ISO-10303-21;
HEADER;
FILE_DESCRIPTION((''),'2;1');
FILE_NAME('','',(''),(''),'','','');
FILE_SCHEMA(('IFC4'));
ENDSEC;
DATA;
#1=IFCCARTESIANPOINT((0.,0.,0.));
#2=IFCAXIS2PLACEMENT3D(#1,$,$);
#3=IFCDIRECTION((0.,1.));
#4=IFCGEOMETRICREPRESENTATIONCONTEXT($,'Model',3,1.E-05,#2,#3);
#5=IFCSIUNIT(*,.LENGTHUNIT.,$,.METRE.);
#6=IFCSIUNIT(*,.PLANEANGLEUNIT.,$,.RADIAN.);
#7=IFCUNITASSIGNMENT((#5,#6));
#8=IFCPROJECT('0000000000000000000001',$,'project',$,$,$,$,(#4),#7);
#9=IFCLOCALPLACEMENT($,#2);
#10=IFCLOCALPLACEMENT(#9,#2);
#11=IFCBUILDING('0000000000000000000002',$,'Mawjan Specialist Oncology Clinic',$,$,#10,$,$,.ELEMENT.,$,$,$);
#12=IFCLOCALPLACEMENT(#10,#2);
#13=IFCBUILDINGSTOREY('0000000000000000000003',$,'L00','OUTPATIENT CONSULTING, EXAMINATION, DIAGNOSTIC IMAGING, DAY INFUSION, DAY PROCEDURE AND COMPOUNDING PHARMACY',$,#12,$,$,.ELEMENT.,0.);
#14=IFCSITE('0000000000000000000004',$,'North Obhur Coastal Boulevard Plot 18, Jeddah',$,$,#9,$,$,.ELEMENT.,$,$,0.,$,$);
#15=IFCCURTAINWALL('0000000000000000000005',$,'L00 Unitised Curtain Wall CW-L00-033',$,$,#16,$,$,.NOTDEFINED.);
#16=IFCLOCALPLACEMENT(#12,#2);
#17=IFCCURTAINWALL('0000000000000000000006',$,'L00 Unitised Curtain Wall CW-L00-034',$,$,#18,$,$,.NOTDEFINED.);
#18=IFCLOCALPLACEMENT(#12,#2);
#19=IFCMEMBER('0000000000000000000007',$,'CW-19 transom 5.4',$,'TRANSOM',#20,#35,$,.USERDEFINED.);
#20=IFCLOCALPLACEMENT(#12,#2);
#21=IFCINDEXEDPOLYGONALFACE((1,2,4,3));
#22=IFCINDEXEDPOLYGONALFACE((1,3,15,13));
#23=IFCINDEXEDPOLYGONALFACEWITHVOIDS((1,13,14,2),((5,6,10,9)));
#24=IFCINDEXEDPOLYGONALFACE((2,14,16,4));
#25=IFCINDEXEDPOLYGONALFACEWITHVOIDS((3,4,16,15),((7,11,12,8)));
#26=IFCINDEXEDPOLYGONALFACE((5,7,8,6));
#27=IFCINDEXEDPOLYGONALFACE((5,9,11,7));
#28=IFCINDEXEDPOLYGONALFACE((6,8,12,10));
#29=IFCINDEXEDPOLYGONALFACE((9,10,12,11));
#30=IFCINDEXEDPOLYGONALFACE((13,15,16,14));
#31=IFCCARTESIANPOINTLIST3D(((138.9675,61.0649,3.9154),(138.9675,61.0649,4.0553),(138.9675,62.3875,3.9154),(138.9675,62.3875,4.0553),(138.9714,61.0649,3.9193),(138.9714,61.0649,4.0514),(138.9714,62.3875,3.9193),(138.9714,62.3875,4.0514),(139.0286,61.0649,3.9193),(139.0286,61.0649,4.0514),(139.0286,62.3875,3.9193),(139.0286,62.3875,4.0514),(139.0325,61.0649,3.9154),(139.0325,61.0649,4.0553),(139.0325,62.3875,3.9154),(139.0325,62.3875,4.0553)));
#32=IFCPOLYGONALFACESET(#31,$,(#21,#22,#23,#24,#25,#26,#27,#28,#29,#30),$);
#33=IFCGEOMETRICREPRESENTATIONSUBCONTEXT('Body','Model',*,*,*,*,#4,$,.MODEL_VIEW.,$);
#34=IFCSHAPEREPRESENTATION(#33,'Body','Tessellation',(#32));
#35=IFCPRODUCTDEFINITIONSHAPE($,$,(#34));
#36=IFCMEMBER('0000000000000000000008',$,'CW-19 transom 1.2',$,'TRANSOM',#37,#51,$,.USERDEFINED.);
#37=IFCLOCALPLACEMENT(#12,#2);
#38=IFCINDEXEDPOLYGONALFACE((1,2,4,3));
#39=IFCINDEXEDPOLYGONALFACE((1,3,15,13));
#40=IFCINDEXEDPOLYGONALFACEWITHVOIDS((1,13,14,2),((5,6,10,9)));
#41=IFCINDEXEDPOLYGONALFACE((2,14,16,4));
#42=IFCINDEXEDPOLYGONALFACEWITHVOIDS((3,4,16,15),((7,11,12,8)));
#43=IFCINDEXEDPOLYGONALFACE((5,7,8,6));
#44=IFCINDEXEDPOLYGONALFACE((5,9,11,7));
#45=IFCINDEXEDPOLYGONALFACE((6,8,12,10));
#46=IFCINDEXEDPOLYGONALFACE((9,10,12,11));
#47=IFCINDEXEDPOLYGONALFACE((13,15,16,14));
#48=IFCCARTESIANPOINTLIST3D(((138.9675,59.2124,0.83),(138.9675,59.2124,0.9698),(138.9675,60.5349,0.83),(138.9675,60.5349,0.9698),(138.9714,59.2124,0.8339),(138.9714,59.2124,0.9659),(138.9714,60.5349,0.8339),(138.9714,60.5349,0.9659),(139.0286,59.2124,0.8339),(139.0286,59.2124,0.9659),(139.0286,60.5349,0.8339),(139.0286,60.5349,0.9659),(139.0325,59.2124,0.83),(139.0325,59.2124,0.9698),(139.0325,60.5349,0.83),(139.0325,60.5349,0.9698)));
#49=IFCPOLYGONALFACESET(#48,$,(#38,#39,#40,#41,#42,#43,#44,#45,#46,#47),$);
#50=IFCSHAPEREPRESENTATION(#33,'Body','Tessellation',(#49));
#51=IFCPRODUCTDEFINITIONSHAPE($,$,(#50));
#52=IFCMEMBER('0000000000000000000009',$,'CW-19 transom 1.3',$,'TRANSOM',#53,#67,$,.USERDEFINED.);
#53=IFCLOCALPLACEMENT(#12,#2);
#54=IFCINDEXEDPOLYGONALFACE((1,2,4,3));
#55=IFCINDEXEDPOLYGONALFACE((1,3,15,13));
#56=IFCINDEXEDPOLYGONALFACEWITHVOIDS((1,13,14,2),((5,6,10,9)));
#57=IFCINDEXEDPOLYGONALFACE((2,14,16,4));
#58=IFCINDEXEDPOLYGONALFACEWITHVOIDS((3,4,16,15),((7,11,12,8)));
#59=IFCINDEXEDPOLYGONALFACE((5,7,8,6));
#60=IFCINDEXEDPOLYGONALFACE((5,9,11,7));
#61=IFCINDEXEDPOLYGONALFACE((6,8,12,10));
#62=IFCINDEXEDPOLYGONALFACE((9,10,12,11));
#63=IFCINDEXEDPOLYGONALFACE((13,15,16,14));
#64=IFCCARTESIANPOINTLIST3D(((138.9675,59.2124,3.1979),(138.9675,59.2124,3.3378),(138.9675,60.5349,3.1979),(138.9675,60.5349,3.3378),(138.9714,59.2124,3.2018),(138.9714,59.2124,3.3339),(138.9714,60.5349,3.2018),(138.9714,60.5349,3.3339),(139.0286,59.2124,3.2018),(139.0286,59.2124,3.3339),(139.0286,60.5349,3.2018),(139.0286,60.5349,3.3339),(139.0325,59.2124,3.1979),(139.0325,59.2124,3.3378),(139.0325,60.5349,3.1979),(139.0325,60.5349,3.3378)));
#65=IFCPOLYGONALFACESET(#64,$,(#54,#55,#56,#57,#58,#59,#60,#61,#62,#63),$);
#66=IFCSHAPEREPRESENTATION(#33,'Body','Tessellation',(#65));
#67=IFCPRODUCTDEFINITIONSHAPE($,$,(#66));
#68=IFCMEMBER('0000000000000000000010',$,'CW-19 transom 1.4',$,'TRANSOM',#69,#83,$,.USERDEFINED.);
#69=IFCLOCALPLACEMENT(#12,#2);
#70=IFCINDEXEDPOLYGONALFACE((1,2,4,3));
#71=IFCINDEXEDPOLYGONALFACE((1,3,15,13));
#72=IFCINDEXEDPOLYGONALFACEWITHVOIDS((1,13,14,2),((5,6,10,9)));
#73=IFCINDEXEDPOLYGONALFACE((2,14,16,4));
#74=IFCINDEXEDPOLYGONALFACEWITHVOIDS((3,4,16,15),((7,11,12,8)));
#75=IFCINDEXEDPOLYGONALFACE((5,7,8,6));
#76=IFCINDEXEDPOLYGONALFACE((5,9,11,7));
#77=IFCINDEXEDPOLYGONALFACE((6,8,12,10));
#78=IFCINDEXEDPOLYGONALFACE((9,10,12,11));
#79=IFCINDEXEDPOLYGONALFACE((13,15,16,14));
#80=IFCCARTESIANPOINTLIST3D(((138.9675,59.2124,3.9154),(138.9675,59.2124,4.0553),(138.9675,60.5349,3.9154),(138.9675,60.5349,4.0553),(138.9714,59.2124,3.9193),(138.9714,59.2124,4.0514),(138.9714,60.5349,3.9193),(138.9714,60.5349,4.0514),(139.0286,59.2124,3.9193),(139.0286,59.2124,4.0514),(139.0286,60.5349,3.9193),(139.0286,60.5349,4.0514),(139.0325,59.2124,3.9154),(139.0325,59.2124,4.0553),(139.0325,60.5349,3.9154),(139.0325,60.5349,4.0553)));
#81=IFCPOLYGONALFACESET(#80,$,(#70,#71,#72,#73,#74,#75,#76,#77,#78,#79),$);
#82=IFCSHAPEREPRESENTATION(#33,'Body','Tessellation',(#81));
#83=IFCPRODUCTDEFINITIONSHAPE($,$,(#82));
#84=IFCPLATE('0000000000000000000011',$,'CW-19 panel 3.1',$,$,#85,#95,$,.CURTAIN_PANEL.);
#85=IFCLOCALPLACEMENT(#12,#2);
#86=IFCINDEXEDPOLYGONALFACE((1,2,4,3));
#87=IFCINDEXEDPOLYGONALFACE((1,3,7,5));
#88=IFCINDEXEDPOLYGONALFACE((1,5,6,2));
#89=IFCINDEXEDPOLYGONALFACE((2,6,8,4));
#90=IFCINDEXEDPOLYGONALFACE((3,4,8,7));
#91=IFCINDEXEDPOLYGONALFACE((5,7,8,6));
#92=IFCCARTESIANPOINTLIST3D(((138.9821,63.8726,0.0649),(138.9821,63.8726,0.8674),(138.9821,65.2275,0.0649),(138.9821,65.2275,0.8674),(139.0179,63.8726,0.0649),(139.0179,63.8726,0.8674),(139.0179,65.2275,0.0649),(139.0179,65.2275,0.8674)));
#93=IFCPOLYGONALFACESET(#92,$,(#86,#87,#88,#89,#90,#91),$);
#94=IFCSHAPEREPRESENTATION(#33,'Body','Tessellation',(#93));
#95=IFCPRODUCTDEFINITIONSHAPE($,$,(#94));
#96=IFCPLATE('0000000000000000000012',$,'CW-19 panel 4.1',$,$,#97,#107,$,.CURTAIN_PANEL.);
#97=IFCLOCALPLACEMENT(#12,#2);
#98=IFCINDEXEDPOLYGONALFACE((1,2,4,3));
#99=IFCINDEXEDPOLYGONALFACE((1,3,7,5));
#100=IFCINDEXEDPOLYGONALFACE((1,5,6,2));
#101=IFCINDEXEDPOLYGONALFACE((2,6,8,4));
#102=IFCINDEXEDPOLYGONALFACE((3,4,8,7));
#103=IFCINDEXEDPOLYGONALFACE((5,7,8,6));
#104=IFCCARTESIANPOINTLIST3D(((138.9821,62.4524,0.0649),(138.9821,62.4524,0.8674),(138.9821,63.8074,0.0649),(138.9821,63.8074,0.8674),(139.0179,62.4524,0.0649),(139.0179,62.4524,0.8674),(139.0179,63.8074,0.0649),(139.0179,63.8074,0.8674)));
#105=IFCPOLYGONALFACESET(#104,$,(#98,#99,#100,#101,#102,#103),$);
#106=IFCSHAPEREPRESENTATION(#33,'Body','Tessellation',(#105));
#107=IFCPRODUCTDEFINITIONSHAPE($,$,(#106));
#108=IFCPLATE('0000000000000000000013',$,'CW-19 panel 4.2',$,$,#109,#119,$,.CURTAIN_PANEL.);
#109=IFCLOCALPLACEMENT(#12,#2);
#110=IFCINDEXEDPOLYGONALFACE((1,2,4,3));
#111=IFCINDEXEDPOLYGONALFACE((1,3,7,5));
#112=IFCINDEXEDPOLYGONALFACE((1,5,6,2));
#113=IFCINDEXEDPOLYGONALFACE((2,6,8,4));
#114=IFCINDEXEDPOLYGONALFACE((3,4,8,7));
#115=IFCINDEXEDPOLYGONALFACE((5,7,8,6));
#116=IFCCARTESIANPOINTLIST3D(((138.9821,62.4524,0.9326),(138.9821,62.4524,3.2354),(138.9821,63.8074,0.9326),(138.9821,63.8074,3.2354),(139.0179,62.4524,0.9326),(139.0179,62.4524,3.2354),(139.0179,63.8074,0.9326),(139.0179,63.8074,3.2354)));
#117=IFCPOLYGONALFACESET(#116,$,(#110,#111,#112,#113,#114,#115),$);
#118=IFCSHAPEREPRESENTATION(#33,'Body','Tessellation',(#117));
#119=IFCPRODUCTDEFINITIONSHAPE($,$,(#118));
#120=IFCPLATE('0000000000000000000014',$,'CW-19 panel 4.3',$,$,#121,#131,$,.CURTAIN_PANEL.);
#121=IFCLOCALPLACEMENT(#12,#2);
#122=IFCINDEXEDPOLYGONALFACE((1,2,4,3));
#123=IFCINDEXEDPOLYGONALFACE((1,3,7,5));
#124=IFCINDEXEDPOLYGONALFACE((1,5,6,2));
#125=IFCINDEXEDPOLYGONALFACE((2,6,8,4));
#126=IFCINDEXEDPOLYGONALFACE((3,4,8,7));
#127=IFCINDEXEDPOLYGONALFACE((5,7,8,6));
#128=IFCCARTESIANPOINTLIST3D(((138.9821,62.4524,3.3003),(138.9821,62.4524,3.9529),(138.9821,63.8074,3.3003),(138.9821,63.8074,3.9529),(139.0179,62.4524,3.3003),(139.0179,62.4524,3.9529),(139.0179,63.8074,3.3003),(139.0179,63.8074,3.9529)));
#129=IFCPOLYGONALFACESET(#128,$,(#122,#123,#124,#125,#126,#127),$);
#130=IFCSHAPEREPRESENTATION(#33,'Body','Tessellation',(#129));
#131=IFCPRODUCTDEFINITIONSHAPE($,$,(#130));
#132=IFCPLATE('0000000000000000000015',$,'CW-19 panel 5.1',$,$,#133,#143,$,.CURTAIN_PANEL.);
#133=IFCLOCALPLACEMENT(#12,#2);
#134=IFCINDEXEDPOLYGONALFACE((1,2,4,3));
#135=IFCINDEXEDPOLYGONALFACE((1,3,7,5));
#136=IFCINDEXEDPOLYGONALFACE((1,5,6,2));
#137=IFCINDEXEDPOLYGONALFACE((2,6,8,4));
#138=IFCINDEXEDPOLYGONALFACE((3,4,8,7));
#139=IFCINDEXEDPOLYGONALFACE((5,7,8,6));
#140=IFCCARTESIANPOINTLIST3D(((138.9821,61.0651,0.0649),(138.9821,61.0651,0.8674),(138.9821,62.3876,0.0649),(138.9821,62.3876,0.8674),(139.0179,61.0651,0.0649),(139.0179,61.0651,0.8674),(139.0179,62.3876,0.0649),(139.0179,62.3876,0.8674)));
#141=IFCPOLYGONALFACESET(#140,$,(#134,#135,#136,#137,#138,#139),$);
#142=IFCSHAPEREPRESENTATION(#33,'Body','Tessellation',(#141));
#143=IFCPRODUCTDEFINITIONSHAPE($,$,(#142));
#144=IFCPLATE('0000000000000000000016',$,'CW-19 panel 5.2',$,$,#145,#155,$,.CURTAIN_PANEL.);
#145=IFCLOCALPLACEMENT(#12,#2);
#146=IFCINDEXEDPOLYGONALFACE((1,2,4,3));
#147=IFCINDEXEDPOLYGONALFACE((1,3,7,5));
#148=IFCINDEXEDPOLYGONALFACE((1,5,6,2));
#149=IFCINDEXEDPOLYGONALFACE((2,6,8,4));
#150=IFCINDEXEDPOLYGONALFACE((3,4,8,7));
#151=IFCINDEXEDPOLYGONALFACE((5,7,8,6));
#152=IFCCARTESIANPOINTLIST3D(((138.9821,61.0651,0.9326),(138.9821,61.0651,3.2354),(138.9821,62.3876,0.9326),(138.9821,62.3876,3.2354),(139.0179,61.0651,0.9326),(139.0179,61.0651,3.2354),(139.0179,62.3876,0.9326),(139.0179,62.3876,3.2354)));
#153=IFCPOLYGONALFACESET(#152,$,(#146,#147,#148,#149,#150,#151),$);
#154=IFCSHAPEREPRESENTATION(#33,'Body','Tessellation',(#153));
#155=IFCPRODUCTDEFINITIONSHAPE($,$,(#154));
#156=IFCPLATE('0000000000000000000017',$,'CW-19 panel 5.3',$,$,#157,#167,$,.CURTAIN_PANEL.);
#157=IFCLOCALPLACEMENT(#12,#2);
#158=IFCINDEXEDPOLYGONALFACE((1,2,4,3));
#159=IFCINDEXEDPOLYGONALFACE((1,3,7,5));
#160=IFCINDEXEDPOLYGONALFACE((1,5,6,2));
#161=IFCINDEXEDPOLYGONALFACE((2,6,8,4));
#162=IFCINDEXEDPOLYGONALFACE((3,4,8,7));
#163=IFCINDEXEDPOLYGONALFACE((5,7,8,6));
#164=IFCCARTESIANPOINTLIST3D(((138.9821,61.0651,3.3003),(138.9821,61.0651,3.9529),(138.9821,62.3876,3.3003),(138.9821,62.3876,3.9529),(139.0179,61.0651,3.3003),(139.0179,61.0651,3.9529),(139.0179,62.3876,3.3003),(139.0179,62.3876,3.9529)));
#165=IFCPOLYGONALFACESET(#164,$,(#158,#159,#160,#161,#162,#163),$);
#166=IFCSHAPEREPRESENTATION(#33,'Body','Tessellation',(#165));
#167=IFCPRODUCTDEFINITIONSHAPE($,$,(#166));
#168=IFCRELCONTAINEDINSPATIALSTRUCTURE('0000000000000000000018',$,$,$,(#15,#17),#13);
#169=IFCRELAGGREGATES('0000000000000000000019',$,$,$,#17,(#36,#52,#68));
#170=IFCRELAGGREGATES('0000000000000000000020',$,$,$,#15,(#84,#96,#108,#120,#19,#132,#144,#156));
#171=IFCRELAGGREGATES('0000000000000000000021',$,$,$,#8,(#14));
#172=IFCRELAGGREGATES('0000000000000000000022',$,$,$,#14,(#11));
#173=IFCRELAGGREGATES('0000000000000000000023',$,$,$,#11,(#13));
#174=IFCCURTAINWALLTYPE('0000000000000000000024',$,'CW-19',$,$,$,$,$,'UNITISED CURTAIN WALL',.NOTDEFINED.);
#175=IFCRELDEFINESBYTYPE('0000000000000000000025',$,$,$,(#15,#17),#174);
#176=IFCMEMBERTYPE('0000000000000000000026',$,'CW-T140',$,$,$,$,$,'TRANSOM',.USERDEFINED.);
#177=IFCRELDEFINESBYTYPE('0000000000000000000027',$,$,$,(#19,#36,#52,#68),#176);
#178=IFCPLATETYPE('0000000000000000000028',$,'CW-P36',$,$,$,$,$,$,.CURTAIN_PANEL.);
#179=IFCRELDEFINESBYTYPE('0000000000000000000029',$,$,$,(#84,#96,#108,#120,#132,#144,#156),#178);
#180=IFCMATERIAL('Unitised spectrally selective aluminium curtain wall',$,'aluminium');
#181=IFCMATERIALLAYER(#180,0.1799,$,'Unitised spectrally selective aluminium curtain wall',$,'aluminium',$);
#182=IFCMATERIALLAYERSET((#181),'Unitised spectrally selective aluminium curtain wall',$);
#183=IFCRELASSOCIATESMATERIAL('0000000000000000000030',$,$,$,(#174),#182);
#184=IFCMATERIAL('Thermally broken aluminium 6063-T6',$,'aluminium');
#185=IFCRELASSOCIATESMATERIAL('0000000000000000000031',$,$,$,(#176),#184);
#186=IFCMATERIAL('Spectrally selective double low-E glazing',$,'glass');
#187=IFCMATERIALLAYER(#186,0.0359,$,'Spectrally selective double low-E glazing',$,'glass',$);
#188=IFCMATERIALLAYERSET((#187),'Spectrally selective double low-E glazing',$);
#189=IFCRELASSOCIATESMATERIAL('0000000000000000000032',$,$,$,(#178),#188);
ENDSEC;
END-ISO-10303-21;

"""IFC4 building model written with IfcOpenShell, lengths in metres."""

from ifc_helpers import new_model, si_unit, direction, frame, origin, origin_2d, place, context, subcontext, project, spatial, rectangle, hollow_rectangle, extrude, material, layer, layer_set, material_profile, profile_set, type_object, element, aggregate, save


model = new_model("IFC4")

# Units and contexts
model_context = context("Model", 3, precision=1e-05, world=origin(), true_north=direction((0.0, 1.0)))
body_context = subcontext(model_context, "Body", "Model", "MODEL_VIEW")
ifc_project = project(units=[si_unit("LENGTHUNIT", "METRE"), si_unit("PLANEANGLEUNIT", "RADIAN")], contexts=[model_context])

# Site, building, storey
site_placement = place(None, origin())
site = spatial("IfcSite", under=ifc_project, at=site_placement, Name="North Obhur Coastal Boulevard Plot 18, Jeddah", CompositionType="ELEMENT", RefElevation=0.0)
building_placement = place(site_placement, origin())
building = spatial("IfcBuilding", under=site, at=building_placement, Name="Mawjan Specialist Oncology Clinic", CompositionType="ELEMENT")
storey_placement = place(building_placement, origin())
storey = spatial("IfcBuildingStorey", under=building, at=storey_placement, Name="L00", Description="OUTPATIENT CONSULTING, EXAMINATION, DIAGNOSTIC IMAGING, DAY INFUSION, DAY PROCEDURE AND COMPOUNDING PHARMACY", CompositionType="ELEMENT", Elevation=0.0)

# Curtain wall
ifc_material_1 = material(Name="Unitised spectrally selective aluminium curtain wall", Category="aluminium")
ifc_layer_1 = layer(ifc_material_1, 0.1799, Name="Unitised spectrally selective aluminium curtain wall", Category="aluminium")
ifc_layer_set_1 = layer_set([ifc_layer_1], Name="Unitised spectrally selective aluminium curtain wall")
curtain_wall_type = type_object("IfcCurtainWallType", Name="CW-19", ElementType="UNITISED CURTAIN WALL", PredefinedType="NOTDEFINED", material=ifc_layer_set_1)
curtain_wall_1_placement = place(storey_placement, origin())
curtain_wall_1 = element("IfcCurtainWall", 1, at=curtain_wall_1_placement, inside=storey, type_object=curtain_wall_type, Name="L00 Unitised Curtain Wall CW-L00-033", PredefinedType="NOTDEFINED")

# Curtain wall
curtain_wall_2_placement = place(storey_placement, origin())
curtain_wall_2 = element("IfcCurtainWall", 2, at=curtain_wall_2_placement, inside=storey, type_object=curtain_wall_type, Name="L00 Unitised Curtain Wall CW-L00-034", PredefinedType="NOTDEFINED")

# Members
ifc_material_2 = material(Name="Thermally broken aluminium 6063-T6", Category="aluminium")
ifc_material_profile_1 = material_profile(ifc_material_2, hollow_rectangle(XDim=0.0649, YDim=0.1399, WallThickness=0.0039, at=origin_2d()), Name="ALU TRANSOM 140x65x4", Category="aluminium")
ifc_profile_set_1 = profile_set([ifc_material_profile_1], Name="Thermally broken aluminium 6063-T6")
member_type_1 = type_object("IfcMemberType", Name="CW-T140", ElementType="TRANSOM", PredefinedType="USERDEFINED", material=ifc_profile_set_1)
member_1_placement = place(storey_placement, frame((139.0, 62.3875, 3.9854), z_axis=(0.0, -1.0, 0.0), x_axis=(1.0, 0.0, 0.0)))
member_1 = element("IfcMember", 3, at=member_1_placement, type_object=member_type_1, Name="CW-19 transom 5.4", ObjectType="TRANSOM", PredefinedType="USERDEFINED", context=body_context, shape_type="SweptSolid", body=[
    extrude(hollow_rectangle(XDim=0.0649, YDim=0.1399, WallThickness=0.0039, at=origin_2d()), origin(), (0.0, 0.0, 1.0), 1.3225),
])
member_2_placement = place(storey_placement, frame((139.0, 60.5349, 0.8999), z_axis=(0.0, -1.0, 0.0), x_axis=(1.0, 0.0, 0.0)))
member_2 = element("IfcMember", 4, at=member_2_placement, type_object=member_type_1, Name="CW-19 transom 1.2", ObjectType="TRANSOM", PredefinedType="USERDEFINED", context=body_context, shape_type="SweptSolid", body=[
    extrude(hollow_rectangle(XDim=0.0649, YDim=0.1399, WallThickness=0.0039, at=origin_2d()), origin(), (0.0, 0.0, 1.0), 1.3225),
])
member_3_placement = place(storey_placement, frame((139.0, 60.5349, 3.2678), z_axis=(0.0, -1.0, 0.0), x_axis=(1.0, 0.0, 0.0)))
member_3 = element("IfcMember", 5, at=member_3_placement, type_object=member_type_1, Name="CW-19 transom 1.3", ObjectType="TRANSOM", PredefinedType="USERDEFINED", context=body_context, shape_type="SweptSolid", body=[
    extrude(hollow_rectangle(XDim=0.0649, YDim=0.1399, WallThickness=0.0039, at=origin_2d()), origin(), (0.0, 0.0, 1.0), 1.3225),
])
member_4_placement = place(storey_placement, frame((139.0, 60.5349, 3.9854), z_axis=(0.0, -1.0, 0.0), x_axis=(1.0, 0.0, 0.0)))
member_4 = element("IfcMember", 6, at=member_4_placement, type_object=member_type_1, Name="CW-19 transom 1.4", ObjectType="TRANSOM", PredefinedType="USERDEFINED", context=body_context, shape_type="SweptSolid", body=[
    extrude(hollow_rectangle(XDim=0.0649, YDim=0.1399, WallThickness=0.0039, at=origin_2d()), origin(), (0.0, 0.0, 1.0), 1.3225),
])
aggregate(curtain_wall_2, [member_2, member_3, member_4])

# Plates
ifc_material_3 = material(Name="Spectrally selective double low-E glazing", Category="glass")
ifc_layer_2 = layer(ifc_material_3, 0.0359, Name="Spectrally selective double low-E glazing", Category="glass")
ifc_layer_set_2 = layer_set([ifc_layer_2], Name="Spectrally selective double low-E glazing")
plate_type = type_object("IfcPlateType", Name="CW-P36", PredefinedType="CURTAIN_PANEL", material=ifc_layer_set_2)
plate_1_placement = place(storey_placement, frame((139.0, 64.55, 0.0649), z_axis=(0.0, 0.0, 1.0), x_axis=(0.0, -1.0, 0.0)))
plate_1 = element("IfcPlate", 7, at=plate_1_placement, type_object=plate_type, Name="CW-19 panel 3.1", PredefinedType="CURTAIN_PANEL", context=body_context, shape_type="SweptSolid", body=[
    extrude(rectangle(XDim=1.355, YDim=0.0359, at=origin_2d()), origin(), (0.0, 0.0, 1.0), 0.8025),
])
plate_2_placement = place(storey_placement, frame((139.0, 63.1299, 0.0649), z_axis=(0.0, 0.0, 1.0), x_axis=(0.0, -1.0, 0.0)))
plate_2 = element("IfcPlate", 8, at=plate_2_placement, type_object=plate_type, Name="CW-19 panel 4.1", PredefinedType="CURTAIN_PANEL", context=body_context, shape_type="SweptSolid", body=[
    extrude(rectangle(XDim=1.355, YDim=0.0359, at=origin_2d()), origin(), (0.0, 0.0, 1.0), 0.8025),
])
plate_3_placement = place(storey_placement, frame((139.0, 63.1299, 0.9326), z_axis=(0.0, 0.0, 1.0), x_axis=(0.0, -1.0, 0.0)))
plate_3 = element("IfcPlate", 9, at=plate_3_placement, type_object=plate_type, Name="CW-19 panel 4.2", PredefinedType="CURTAIN_PANEL", context=body_context, shape_type="SweptSolid", body=[
    extrude(rectangle(XDim=1.355, YDim=0.0359, at=origin_2d()), origin(), (0.0, 0.0, 1.0), 2.3027),
])
plate_4_placement = place(storey_placement, frame((139.0, 63.1299, 3.3003), z_axis=(0.0, 0.0, 1.0), x_axis=(0.0, -1.0, 0.0)))
plate_4 = element("IfcPlate", 10, at=plate_4_placement, type_object=plate_type, Name="CW-19 panel 4.3", PredefinedType="CURTAIN_PANEL", context=body_context, shape_type="SweptSolid", body=[
    extrude(rectangle(XDim=1.355, YDim=0.0359, at=origin_2d()), origin(), (0.0, 0.0, 1.0), 0.6526),
])
plate_5_placement = place(storey_placement, frame((139.0, 61.7263, 0.0649), z_axis=(0.0, 0.0, 1.0), x_axis=(0.0, -1.0, 0.0)))
plate_5 = element("IfcPlate", 11, at=plate_5_placement, type_object=plate_type, Name="CW-19 panel 5.1", PredefinedType="CURTAIN_PANEL", context=body_context, shape_type="SweptSolid", body=[
    extrude(rectangle(XDim=1.3225, YDim=0.0359, at=origin_2d()), origin(), (0.0, 0.0, 1.0), 0.8025),
])
plate_6_placement = place(storey_placement, frame((139.0, 61.7263, 0.9326), z_axis=(0.0, 0.0, 1.0), x_axis=(0.0, -1.0, 0.0)))
plate_6 = element("IfcPlate", 12, at=plate_6_placement, type_object=plate_type, Name="CW-19 panel 5.2", PredefinedType="CURTAIN_PANEL", context=body_context, shape_type="SweptSolid", body=[
    extrude(rectangle(XDim=1.3225, YDim=0.0359, at=origin_2d()), origin(), (0.0, 0.0, 1.0), 2.3027),
])
plate_7_placement = place(storey_placement, frame((139.0, 61.7263, 3.3003), z_axis=(0.0, 0.0, 1.0), x_axis=(0.0, -1.0, 0.0)))
plate_7 = element("IfcPlate", 13, at=plate_7_placement, type_object=plate_type, Name="CW-19 panel 5.3", PredefinedType="CURTAIN_PANEL", context=body_context, shape_type="SweptSolid", body=[
    extrude(rectangle(XDim=1.3225, YDim=0.0359, at=origin_2d()), origin(), (0.0, 0.0, 1.0), 0.6526),
])
aggregate(curtain_wall_1, [plate_1, plate_2, plate_3, plate_4, member_1, plate_5, plate_6, plate_7])

save(model, "model.ifc")
